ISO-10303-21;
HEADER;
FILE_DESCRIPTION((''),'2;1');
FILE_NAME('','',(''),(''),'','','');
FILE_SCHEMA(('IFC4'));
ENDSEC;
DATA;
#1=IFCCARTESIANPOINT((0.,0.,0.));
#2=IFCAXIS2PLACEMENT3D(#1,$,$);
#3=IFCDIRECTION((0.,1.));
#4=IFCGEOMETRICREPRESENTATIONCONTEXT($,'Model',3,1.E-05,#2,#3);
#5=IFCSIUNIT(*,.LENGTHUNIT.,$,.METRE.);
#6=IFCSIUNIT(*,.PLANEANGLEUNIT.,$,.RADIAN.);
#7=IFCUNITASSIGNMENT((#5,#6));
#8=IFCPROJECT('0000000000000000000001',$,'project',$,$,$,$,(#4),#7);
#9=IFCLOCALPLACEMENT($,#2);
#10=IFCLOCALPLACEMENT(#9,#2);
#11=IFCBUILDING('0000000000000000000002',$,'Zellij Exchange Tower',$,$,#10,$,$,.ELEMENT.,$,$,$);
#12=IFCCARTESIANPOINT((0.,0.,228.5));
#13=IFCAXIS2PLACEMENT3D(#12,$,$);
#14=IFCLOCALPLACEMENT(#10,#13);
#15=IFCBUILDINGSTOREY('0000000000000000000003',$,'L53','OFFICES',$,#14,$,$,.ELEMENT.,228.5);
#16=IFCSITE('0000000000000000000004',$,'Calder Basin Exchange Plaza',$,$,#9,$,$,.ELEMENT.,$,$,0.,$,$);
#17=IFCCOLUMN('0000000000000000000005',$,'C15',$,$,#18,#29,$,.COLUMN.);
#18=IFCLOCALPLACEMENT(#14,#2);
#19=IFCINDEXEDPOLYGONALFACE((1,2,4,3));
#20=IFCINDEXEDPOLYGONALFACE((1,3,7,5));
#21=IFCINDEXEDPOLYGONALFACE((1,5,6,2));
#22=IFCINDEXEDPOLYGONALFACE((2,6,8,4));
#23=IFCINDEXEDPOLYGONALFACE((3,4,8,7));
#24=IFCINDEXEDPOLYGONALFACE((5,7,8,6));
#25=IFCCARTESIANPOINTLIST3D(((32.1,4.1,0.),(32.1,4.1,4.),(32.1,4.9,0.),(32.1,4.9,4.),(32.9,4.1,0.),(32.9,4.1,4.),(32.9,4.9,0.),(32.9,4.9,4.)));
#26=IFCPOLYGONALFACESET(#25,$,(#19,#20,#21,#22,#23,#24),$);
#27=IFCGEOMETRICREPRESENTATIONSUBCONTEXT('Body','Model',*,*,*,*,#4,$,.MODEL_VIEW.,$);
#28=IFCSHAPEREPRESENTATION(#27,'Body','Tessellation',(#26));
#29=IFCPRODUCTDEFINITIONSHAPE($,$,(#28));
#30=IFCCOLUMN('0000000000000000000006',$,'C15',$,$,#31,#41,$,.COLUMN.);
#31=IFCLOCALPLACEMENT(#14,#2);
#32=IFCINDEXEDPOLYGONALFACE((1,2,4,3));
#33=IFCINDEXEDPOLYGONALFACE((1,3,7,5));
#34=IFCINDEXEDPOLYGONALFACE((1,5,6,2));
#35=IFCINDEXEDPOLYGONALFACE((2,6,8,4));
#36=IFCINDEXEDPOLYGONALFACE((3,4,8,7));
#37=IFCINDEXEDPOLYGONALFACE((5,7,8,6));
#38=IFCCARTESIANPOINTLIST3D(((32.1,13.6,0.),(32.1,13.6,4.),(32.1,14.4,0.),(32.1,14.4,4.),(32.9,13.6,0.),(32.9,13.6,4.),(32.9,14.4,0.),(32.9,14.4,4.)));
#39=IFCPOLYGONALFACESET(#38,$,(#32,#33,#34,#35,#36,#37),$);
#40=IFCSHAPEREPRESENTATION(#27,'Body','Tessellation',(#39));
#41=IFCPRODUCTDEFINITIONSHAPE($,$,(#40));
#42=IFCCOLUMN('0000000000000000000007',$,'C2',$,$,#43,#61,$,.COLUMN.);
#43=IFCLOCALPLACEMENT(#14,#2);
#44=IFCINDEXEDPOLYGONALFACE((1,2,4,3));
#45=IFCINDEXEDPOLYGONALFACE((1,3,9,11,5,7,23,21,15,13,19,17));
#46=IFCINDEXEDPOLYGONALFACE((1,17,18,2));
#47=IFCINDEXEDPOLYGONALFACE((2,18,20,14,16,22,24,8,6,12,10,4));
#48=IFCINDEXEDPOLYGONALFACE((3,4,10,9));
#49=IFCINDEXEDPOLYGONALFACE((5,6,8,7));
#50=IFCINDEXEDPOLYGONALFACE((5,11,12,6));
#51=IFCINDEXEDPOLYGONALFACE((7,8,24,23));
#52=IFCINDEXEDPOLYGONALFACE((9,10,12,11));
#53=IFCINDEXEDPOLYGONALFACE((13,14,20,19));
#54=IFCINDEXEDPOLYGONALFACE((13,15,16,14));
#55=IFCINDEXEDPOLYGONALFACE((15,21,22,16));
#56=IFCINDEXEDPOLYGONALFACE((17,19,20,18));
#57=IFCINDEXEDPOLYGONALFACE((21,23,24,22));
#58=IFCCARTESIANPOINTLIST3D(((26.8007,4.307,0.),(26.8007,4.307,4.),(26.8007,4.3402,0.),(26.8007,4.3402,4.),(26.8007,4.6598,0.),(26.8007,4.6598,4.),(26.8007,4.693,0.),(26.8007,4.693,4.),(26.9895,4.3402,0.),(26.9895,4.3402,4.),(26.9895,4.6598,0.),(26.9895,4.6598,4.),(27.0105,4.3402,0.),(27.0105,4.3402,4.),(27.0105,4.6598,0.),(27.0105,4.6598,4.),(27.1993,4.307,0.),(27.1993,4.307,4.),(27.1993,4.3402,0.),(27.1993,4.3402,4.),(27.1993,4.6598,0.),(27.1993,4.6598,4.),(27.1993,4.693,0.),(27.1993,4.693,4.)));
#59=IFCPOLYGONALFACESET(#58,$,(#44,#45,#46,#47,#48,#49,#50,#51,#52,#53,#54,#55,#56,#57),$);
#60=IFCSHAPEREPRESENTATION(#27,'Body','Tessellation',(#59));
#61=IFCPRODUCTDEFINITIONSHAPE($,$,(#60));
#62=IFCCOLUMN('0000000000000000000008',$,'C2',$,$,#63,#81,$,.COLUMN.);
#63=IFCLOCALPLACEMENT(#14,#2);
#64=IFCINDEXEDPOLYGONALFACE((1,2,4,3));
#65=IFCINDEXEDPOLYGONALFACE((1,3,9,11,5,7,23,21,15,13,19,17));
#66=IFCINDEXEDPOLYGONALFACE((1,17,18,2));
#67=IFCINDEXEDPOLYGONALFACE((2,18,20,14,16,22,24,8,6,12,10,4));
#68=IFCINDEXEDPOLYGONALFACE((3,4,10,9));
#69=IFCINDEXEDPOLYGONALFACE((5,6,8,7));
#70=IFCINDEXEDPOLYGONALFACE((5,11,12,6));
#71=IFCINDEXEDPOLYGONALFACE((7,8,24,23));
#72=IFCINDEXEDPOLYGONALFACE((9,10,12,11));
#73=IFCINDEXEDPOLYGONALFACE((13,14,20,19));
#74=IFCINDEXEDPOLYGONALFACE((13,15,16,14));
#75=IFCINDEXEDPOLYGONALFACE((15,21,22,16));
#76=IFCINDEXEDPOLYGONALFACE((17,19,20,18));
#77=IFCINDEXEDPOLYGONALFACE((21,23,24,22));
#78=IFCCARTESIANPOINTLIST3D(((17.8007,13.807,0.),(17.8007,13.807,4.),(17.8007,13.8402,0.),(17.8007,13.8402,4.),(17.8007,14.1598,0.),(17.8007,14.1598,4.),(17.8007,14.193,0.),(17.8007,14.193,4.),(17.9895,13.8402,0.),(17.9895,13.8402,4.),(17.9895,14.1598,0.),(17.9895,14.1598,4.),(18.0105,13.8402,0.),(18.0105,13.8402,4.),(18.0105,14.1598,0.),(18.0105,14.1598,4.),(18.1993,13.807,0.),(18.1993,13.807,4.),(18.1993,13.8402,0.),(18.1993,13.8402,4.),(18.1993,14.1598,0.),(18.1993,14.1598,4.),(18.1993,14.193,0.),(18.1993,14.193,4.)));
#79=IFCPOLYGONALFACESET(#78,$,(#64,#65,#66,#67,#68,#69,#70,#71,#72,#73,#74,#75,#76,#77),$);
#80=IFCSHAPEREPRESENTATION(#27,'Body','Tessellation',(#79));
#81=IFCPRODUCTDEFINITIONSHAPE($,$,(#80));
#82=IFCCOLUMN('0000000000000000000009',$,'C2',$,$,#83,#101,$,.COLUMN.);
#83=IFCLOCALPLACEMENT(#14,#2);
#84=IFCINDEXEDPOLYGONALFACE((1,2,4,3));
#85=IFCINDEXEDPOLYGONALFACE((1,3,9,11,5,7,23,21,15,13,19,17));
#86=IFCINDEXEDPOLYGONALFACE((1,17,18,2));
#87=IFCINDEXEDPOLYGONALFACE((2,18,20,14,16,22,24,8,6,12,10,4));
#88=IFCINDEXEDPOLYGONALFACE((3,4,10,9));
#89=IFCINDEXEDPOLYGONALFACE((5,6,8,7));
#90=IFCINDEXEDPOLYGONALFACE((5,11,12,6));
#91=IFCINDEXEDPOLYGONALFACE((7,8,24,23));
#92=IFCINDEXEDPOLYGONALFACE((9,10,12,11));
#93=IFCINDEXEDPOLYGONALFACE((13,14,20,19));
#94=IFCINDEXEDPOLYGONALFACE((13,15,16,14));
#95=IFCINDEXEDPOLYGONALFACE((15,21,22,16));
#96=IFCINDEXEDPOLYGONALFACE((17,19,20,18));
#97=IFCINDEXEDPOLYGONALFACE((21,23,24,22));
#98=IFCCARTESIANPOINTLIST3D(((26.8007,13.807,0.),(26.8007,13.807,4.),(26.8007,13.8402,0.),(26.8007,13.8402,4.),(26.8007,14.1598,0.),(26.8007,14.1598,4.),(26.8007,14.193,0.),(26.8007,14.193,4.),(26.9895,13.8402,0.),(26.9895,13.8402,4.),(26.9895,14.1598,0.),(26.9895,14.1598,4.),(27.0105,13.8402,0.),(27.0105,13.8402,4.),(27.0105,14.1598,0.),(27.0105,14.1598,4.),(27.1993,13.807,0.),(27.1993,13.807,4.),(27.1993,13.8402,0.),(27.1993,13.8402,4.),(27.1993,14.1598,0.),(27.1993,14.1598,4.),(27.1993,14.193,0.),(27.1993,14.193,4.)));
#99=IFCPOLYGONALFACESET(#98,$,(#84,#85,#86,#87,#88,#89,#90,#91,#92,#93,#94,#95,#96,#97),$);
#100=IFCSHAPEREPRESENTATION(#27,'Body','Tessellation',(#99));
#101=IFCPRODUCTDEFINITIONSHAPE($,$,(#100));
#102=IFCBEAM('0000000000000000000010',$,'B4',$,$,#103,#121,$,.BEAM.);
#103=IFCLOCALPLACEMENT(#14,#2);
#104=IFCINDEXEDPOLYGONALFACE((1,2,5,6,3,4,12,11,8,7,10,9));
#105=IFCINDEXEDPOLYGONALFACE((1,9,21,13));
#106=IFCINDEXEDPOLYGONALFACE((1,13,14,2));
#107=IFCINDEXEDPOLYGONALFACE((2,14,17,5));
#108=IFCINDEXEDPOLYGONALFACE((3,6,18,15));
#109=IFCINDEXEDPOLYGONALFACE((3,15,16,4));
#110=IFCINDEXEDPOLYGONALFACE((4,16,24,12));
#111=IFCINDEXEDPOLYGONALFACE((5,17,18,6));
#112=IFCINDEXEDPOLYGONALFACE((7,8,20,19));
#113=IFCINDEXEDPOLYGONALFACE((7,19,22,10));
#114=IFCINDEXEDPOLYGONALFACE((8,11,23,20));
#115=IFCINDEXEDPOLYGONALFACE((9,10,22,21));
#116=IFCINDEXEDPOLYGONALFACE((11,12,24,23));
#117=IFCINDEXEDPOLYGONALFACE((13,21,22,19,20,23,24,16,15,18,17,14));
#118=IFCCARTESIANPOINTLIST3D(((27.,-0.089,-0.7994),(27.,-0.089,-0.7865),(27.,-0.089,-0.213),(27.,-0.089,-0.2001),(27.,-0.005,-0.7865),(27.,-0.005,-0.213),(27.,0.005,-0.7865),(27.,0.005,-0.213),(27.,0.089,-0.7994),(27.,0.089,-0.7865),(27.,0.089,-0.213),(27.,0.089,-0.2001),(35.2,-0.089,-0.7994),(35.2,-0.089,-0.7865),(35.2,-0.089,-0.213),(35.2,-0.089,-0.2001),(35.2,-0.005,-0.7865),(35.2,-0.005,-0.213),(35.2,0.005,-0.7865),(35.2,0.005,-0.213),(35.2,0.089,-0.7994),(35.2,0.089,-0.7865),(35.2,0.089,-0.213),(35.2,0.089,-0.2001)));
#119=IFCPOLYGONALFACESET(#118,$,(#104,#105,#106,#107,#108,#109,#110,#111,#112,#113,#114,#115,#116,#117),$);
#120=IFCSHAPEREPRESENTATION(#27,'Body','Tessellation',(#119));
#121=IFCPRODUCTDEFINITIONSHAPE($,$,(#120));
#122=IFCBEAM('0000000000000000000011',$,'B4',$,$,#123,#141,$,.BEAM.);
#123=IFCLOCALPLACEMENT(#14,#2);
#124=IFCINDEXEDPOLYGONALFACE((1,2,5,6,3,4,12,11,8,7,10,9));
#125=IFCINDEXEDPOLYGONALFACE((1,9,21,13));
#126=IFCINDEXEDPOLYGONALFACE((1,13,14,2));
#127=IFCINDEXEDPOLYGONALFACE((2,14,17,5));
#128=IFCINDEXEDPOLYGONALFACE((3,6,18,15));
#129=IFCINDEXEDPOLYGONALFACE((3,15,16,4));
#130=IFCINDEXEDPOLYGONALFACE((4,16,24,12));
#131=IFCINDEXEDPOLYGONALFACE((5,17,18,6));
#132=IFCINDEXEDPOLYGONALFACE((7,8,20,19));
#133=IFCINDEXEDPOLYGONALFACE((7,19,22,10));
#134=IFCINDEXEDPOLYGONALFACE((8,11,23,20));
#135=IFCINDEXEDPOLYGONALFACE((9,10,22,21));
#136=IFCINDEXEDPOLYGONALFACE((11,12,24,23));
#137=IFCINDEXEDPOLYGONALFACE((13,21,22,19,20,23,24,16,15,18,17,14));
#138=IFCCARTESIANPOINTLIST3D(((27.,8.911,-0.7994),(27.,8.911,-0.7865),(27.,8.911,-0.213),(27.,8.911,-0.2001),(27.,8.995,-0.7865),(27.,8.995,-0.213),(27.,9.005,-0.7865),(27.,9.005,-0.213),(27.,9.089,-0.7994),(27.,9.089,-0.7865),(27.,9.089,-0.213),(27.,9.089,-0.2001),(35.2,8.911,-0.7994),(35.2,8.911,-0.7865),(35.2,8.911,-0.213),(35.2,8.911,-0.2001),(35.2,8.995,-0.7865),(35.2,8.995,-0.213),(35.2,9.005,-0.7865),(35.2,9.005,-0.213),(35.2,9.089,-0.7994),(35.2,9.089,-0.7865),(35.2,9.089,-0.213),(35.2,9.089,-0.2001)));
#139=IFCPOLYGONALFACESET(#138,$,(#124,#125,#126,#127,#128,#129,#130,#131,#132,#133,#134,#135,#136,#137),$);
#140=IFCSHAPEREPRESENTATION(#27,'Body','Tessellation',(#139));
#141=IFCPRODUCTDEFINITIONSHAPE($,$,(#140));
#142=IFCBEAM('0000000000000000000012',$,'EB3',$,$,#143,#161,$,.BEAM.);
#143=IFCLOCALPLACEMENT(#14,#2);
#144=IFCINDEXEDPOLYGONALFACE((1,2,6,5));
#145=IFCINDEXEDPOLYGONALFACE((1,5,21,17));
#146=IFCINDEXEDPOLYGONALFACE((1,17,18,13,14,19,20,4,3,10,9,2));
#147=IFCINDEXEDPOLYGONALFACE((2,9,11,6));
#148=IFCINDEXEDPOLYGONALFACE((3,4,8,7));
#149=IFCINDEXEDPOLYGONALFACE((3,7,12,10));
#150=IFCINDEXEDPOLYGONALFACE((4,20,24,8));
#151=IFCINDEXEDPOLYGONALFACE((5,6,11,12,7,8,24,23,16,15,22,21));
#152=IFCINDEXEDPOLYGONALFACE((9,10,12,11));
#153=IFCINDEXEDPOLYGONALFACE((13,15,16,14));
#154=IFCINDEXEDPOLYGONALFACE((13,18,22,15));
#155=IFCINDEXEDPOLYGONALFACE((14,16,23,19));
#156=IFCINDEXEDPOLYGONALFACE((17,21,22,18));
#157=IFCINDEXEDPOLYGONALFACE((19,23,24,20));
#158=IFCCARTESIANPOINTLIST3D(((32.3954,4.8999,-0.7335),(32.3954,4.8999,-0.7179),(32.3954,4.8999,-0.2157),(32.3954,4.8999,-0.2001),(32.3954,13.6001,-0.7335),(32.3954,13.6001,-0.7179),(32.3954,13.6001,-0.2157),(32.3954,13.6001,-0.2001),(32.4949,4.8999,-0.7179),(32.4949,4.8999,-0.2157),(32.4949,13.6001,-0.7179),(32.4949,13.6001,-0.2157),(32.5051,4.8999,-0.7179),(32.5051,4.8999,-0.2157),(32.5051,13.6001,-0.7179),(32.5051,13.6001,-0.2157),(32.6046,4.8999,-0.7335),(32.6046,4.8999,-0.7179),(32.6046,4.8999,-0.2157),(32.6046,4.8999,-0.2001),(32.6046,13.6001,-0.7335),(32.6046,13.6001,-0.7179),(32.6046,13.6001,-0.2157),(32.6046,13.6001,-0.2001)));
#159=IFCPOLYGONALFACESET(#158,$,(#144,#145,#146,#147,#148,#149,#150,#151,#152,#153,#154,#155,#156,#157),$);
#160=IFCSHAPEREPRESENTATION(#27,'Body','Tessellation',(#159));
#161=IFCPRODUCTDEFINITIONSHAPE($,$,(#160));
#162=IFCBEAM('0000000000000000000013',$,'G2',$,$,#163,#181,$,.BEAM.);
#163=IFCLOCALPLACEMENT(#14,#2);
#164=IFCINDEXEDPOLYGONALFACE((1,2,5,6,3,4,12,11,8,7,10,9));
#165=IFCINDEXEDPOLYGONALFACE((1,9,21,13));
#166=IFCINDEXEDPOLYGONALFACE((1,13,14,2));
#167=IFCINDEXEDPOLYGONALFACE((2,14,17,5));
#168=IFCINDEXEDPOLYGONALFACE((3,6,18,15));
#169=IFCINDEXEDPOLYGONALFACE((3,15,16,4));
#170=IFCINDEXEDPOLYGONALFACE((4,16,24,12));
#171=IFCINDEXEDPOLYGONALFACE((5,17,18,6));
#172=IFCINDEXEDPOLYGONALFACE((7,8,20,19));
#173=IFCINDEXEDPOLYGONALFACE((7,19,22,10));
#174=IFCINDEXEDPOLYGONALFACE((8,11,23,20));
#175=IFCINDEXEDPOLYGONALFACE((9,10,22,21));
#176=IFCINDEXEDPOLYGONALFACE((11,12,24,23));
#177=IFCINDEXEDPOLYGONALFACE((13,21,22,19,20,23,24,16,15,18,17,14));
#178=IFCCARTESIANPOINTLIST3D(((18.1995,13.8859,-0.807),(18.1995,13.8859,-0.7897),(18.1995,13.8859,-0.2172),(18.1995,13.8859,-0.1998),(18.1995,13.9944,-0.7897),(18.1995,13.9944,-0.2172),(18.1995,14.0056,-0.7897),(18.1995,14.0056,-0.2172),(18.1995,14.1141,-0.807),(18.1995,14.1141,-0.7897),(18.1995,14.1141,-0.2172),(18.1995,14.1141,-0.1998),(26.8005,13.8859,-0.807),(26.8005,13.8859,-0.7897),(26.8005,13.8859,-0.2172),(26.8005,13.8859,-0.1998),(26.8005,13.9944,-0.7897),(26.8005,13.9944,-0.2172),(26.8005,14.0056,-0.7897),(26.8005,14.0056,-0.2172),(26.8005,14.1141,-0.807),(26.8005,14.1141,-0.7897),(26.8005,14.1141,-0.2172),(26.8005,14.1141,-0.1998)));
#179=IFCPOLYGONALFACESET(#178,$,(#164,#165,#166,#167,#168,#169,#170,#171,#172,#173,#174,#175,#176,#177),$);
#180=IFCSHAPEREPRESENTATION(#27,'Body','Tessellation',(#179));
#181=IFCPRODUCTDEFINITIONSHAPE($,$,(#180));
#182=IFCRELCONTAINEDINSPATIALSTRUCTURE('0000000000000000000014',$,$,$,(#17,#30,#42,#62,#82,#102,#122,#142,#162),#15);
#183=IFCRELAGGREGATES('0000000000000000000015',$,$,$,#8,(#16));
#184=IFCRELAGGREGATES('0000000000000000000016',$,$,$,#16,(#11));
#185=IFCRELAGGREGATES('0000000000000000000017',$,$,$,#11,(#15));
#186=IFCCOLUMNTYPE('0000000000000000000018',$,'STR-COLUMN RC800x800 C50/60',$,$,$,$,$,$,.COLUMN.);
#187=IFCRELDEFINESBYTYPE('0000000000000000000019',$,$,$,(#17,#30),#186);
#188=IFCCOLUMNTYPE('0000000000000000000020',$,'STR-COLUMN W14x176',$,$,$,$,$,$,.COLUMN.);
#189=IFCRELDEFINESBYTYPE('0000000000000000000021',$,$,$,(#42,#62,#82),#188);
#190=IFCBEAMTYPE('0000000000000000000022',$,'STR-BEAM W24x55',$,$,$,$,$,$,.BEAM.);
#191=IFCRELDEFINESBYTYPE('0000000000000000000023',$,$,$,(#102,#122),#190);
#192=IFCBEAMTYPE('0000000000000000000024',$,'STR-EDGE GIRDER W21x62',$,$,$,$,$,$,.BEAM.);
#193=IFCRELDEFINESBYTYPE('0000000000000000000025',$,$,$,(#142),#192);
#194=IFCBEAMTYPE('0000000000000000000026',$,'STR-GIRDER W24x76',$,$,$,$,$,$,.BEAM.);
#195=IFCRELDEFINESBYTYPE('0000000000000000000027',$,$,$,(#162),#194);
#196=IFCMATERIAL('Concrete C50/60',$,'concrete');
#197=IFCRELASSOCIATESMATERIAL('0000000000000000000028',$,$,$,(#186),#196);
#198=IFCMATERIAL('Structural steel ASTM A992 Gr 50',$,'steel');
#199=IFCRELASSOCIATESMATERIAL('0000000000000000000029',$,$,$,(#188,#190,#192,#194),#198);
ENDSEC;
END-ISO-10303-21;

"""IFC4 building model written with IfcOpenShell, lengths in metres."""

from ifc_helpers import new_model, si_unit, direction, frame, origin, origin_2d, place, context, subcontext, project, spatial, rectangle, i_section, extrude, material, material_profile, profile_set, type_object, element, save


model = new_model("IFC4")

# Units and contexts
model_context = context("Model", 3, precision=1e-05, world=origin(), true_north=direction((0.0, 1.0)))
body_context = subcontext(model_context, "Body", "Model", "MODEL_VIEW")
ifc_project = project(units=[si_unit("LENGTHUNIT", "METRE"), si_unit("PLANEANGLEUNIT", "RADIAN")], contexts=[model_context])

# Site, building, storey
site_placement = place(None, origin())
site = spatial("IfcSite", under=ifc_project, at=site_placement, Name="Calder Basin Exchange Plaza", CompositionType="ELEMENT", RefElevation=0.0)
building_placement = place(site_placement, origin())
building = spatial("IfcBuilding", under=site, at=building_placement, Name="Zellij Exchange Tower", CompositionType="ELEMENT")
storey_placement = place(building_placement, frame((0.0, 0.0, 228.5)))
storey = spatial("IfcBuildingStorey", under=building, at=storey_placement, Name="L53", Description="OFFICES", CompositionType="ELEMENT", Elevation=228.5)

# Columns
ifc_material_1 = material(Name="Concrete C50/60", Category="concrete")
ifc_material_profile_1 = material_profile(ifc_material_1, rectangle(XDim=0.8, YDim=0.8, at=origin_2d()), Name="STR-COLUMN RC800x800 C50/60")
ifc_profile_set_1 = profile_set([ifc_material_profile_1], Name="Concrete C50/60")
column_type_1 = type_object("IfcColumnType", Name="STR-COLUMN RC800x800 C50/60", PredefinedType="COLUMN", material=ifc_profile_set_1)
for number, where, z_axis, x_axis, name in (
    (1, (32.5, 4.5, 0.0), (0.0, 0.0, 1.0), (1.0, 0.0, 0.0), "C15"),
    (2, (32.5, 14.0, 0.0), (0.0, 0.0, 1.0), (1.0, 0.0, 0.0), "C15"),
):
    element("IfcColumn", number, at=place(storey_placement, frame(where, z_axis=z_axis, x_axis=x_axis)), inside=storey, type_object=column_type_1, Name=name, PredefinedType="COLUMN", context=body_context, shape_type="SweptSolid", body=[
        extrude(rectangle(XDim=0.8, YDim=0.8, at=origin_2d()), origin(), (0.0, 0.0, 1.0), 4.0),
    ])
ifc_material_2 = material(Name="Structural steel ASTM A992 Gr 50", Category="steel")
ifc_material_profile_2 = material_profile(ifc_material_2, i_section(OverallWidth=0.3987, OverallDepth=0.386, WebThickness=0.021, FlangeThickness=0.0332, at=origin_2d()), Name="W14x176")
ifc_profile_set_2 = profile_set([ifc_material_profile_2], Name="Structural steel ASTM A992 Gr 50")
column_type_2 = type_object("IfcColumnType", Name="STR-COLUMN W14x176", PredefinedType="COLUMN", material=ifc_profile_set_2)
for number, where, z_axis, x_axis, name in (
    (3, (27.0, 4.5, 0.0), (0.0, 0.0, 1.0), (1.0, 0.0, 0.0), "C2"),
    (4, (18.0, 14.0, 0.0), (0.0, 0.0, 1.0), (1.0, 0.0, 0.0), "C2"),
    (5, (27.0, 14.0, 0.0), (0.0, 0.0, 1.0), (1.0, 0.0, 0.0), "C2"),
):
    element("IfcColumn", number, at=place(storey_placement, frame(where, z_axis=z_axis, x_axis=x_axis)), inside=storey, type_object=column_type_2, Name=name, PredefinedType="COLUMN", context=body_context, shape_type="SweptSolid", body=[
        extrude(i_section(OverallWidth=0.3987, OverallDepth=0.386, WebThickness=0.021, FlangeThickness=0.0332, at=origin_2d()), origin(), (0.0, 0.0, 1.0), 4.0),
    ])

# Beams
ifc_material_profile_3 = material_profile(ifc_material_2, i_section(OverallWidth=0.178, OverallDepth=0.5994, WebThickness=0.01, FlangeThickness=0.0129, at=origin_2d()), Name="W24x55")
ifc_profile_set_3 = profile_set([ifc_material_profile_3], Name="Structural steel ASTM A992 Gr 50")
beam_type_1 = type_object("IfcBeamType", Name="STR-BEAM W24x55", PredefinedType="BEAM", material=ifc_profile_set_3)
for number, where, z_axis, x_axis, name in (
    (6, (27.0, 0.0, -0.4998), (1.0, 0.0, 0.0), (0.0, 1.0, 0.0), "B4"),
    (7, (27.0, 9.0, -0.4998), (1.0, 0.0, 0.0), (0.0, 1.0, 0.0), "B4"),
):
    element("IfcBeam", number, at=place(storey_placement, frame(where, z_axis=z_axis, x_axis=x_axis)), inside=storey, type_object=beam_type_1, Name=name, PredefinedType="BEAM", context=body_context, shape_type="SweptSolid", body=[
        extrude(i_section(OverallWidth=0.178, OverallDepth=0.5994, WebThickness=0.01, FlangeThickness=0.0129, at=origin_2d()), origin(), (0.0, 0.0, 1.0), 8.2),
    ])
ifc_material_profile_4 = material_profile(ifc_material_2, i_section(OverallWidth=0.2092, OverallDepth=0.5334, WebThickness=0.0103, FlangeThickness=0.0156, at=origin_2d()), Name="W21x62")
ifc_profile_set_4 = profile_set([ifc_material_profile_4], Name="Structural steel ASTM A992 Gr 50")
beam_type_2 = type_object("IfcBeamType", Name="STR-EDGE GIRDER W21x62", PredefinedType="BEAM", material=ifc_profile_set_4)
beam_1_placement = place(storey_placement, frame((32.5, 4.8999, -0.4668), z_axis=(0.0, 1.0, 0.0), x_axis=(-1.0, 0.0, 0.0)))
element("IfcBeam", 8, at=beam_1_placement, inside=storey, type_object=beam_type_2, Name="EB3", PredefinedType="BEAM", context=body_context, shape_type="SweptSolid", body=[
    extrude(i_section(OverallWidth=0.2092, OverallDepth=0.5334, WebThickness=0.0103, FlangeThickness=0.0156, at=origin_2d()), origin(), (0.0, 0.0, 1.0), 8.7002),
])
ifc_material_profile_5 = material_profile(ifc_material_2, i_section(OverallWidth=0.2283, OverallDepth=0.6072, WebThickness=0.0112, FlangeThickness=0.0173, at=origin_2d()), Name="W24x76")
ifc_profile_set_5 = profile_set([ifc_material_profile_5], Name="Structural steel ASTM A992 Gr 50")
beam_type_3 = type_object("IfcBeamType", Name="STR-GIRDER W24x76", PredefinedType="BEAM", material=ifc_profile_set_5)
beam_2_placement = place(storey_placement, frame((18.1995, 14.0, -0.5034), z_axis=(1.0, 0.0, 0.0), x_axis=(0.0, 1.0, 0.0)))
element("IfcBeam", 9, at=beam_2_placement, inside=storey, type_object=beam_type_3, Name="G2", PredefinedType="BEAM", context=body_context, shape_type="SweptSolid", body=[
    extrude(i_section(OverallWidth=0.2283, OverallDepth=0.6072, WebThickness=0.0112, FlangeThickness=0.0173, at=origin_2d()), origin(), (0.0, 0.0, 1.0), 8.6011),
])

save(model, "model.ifc")
